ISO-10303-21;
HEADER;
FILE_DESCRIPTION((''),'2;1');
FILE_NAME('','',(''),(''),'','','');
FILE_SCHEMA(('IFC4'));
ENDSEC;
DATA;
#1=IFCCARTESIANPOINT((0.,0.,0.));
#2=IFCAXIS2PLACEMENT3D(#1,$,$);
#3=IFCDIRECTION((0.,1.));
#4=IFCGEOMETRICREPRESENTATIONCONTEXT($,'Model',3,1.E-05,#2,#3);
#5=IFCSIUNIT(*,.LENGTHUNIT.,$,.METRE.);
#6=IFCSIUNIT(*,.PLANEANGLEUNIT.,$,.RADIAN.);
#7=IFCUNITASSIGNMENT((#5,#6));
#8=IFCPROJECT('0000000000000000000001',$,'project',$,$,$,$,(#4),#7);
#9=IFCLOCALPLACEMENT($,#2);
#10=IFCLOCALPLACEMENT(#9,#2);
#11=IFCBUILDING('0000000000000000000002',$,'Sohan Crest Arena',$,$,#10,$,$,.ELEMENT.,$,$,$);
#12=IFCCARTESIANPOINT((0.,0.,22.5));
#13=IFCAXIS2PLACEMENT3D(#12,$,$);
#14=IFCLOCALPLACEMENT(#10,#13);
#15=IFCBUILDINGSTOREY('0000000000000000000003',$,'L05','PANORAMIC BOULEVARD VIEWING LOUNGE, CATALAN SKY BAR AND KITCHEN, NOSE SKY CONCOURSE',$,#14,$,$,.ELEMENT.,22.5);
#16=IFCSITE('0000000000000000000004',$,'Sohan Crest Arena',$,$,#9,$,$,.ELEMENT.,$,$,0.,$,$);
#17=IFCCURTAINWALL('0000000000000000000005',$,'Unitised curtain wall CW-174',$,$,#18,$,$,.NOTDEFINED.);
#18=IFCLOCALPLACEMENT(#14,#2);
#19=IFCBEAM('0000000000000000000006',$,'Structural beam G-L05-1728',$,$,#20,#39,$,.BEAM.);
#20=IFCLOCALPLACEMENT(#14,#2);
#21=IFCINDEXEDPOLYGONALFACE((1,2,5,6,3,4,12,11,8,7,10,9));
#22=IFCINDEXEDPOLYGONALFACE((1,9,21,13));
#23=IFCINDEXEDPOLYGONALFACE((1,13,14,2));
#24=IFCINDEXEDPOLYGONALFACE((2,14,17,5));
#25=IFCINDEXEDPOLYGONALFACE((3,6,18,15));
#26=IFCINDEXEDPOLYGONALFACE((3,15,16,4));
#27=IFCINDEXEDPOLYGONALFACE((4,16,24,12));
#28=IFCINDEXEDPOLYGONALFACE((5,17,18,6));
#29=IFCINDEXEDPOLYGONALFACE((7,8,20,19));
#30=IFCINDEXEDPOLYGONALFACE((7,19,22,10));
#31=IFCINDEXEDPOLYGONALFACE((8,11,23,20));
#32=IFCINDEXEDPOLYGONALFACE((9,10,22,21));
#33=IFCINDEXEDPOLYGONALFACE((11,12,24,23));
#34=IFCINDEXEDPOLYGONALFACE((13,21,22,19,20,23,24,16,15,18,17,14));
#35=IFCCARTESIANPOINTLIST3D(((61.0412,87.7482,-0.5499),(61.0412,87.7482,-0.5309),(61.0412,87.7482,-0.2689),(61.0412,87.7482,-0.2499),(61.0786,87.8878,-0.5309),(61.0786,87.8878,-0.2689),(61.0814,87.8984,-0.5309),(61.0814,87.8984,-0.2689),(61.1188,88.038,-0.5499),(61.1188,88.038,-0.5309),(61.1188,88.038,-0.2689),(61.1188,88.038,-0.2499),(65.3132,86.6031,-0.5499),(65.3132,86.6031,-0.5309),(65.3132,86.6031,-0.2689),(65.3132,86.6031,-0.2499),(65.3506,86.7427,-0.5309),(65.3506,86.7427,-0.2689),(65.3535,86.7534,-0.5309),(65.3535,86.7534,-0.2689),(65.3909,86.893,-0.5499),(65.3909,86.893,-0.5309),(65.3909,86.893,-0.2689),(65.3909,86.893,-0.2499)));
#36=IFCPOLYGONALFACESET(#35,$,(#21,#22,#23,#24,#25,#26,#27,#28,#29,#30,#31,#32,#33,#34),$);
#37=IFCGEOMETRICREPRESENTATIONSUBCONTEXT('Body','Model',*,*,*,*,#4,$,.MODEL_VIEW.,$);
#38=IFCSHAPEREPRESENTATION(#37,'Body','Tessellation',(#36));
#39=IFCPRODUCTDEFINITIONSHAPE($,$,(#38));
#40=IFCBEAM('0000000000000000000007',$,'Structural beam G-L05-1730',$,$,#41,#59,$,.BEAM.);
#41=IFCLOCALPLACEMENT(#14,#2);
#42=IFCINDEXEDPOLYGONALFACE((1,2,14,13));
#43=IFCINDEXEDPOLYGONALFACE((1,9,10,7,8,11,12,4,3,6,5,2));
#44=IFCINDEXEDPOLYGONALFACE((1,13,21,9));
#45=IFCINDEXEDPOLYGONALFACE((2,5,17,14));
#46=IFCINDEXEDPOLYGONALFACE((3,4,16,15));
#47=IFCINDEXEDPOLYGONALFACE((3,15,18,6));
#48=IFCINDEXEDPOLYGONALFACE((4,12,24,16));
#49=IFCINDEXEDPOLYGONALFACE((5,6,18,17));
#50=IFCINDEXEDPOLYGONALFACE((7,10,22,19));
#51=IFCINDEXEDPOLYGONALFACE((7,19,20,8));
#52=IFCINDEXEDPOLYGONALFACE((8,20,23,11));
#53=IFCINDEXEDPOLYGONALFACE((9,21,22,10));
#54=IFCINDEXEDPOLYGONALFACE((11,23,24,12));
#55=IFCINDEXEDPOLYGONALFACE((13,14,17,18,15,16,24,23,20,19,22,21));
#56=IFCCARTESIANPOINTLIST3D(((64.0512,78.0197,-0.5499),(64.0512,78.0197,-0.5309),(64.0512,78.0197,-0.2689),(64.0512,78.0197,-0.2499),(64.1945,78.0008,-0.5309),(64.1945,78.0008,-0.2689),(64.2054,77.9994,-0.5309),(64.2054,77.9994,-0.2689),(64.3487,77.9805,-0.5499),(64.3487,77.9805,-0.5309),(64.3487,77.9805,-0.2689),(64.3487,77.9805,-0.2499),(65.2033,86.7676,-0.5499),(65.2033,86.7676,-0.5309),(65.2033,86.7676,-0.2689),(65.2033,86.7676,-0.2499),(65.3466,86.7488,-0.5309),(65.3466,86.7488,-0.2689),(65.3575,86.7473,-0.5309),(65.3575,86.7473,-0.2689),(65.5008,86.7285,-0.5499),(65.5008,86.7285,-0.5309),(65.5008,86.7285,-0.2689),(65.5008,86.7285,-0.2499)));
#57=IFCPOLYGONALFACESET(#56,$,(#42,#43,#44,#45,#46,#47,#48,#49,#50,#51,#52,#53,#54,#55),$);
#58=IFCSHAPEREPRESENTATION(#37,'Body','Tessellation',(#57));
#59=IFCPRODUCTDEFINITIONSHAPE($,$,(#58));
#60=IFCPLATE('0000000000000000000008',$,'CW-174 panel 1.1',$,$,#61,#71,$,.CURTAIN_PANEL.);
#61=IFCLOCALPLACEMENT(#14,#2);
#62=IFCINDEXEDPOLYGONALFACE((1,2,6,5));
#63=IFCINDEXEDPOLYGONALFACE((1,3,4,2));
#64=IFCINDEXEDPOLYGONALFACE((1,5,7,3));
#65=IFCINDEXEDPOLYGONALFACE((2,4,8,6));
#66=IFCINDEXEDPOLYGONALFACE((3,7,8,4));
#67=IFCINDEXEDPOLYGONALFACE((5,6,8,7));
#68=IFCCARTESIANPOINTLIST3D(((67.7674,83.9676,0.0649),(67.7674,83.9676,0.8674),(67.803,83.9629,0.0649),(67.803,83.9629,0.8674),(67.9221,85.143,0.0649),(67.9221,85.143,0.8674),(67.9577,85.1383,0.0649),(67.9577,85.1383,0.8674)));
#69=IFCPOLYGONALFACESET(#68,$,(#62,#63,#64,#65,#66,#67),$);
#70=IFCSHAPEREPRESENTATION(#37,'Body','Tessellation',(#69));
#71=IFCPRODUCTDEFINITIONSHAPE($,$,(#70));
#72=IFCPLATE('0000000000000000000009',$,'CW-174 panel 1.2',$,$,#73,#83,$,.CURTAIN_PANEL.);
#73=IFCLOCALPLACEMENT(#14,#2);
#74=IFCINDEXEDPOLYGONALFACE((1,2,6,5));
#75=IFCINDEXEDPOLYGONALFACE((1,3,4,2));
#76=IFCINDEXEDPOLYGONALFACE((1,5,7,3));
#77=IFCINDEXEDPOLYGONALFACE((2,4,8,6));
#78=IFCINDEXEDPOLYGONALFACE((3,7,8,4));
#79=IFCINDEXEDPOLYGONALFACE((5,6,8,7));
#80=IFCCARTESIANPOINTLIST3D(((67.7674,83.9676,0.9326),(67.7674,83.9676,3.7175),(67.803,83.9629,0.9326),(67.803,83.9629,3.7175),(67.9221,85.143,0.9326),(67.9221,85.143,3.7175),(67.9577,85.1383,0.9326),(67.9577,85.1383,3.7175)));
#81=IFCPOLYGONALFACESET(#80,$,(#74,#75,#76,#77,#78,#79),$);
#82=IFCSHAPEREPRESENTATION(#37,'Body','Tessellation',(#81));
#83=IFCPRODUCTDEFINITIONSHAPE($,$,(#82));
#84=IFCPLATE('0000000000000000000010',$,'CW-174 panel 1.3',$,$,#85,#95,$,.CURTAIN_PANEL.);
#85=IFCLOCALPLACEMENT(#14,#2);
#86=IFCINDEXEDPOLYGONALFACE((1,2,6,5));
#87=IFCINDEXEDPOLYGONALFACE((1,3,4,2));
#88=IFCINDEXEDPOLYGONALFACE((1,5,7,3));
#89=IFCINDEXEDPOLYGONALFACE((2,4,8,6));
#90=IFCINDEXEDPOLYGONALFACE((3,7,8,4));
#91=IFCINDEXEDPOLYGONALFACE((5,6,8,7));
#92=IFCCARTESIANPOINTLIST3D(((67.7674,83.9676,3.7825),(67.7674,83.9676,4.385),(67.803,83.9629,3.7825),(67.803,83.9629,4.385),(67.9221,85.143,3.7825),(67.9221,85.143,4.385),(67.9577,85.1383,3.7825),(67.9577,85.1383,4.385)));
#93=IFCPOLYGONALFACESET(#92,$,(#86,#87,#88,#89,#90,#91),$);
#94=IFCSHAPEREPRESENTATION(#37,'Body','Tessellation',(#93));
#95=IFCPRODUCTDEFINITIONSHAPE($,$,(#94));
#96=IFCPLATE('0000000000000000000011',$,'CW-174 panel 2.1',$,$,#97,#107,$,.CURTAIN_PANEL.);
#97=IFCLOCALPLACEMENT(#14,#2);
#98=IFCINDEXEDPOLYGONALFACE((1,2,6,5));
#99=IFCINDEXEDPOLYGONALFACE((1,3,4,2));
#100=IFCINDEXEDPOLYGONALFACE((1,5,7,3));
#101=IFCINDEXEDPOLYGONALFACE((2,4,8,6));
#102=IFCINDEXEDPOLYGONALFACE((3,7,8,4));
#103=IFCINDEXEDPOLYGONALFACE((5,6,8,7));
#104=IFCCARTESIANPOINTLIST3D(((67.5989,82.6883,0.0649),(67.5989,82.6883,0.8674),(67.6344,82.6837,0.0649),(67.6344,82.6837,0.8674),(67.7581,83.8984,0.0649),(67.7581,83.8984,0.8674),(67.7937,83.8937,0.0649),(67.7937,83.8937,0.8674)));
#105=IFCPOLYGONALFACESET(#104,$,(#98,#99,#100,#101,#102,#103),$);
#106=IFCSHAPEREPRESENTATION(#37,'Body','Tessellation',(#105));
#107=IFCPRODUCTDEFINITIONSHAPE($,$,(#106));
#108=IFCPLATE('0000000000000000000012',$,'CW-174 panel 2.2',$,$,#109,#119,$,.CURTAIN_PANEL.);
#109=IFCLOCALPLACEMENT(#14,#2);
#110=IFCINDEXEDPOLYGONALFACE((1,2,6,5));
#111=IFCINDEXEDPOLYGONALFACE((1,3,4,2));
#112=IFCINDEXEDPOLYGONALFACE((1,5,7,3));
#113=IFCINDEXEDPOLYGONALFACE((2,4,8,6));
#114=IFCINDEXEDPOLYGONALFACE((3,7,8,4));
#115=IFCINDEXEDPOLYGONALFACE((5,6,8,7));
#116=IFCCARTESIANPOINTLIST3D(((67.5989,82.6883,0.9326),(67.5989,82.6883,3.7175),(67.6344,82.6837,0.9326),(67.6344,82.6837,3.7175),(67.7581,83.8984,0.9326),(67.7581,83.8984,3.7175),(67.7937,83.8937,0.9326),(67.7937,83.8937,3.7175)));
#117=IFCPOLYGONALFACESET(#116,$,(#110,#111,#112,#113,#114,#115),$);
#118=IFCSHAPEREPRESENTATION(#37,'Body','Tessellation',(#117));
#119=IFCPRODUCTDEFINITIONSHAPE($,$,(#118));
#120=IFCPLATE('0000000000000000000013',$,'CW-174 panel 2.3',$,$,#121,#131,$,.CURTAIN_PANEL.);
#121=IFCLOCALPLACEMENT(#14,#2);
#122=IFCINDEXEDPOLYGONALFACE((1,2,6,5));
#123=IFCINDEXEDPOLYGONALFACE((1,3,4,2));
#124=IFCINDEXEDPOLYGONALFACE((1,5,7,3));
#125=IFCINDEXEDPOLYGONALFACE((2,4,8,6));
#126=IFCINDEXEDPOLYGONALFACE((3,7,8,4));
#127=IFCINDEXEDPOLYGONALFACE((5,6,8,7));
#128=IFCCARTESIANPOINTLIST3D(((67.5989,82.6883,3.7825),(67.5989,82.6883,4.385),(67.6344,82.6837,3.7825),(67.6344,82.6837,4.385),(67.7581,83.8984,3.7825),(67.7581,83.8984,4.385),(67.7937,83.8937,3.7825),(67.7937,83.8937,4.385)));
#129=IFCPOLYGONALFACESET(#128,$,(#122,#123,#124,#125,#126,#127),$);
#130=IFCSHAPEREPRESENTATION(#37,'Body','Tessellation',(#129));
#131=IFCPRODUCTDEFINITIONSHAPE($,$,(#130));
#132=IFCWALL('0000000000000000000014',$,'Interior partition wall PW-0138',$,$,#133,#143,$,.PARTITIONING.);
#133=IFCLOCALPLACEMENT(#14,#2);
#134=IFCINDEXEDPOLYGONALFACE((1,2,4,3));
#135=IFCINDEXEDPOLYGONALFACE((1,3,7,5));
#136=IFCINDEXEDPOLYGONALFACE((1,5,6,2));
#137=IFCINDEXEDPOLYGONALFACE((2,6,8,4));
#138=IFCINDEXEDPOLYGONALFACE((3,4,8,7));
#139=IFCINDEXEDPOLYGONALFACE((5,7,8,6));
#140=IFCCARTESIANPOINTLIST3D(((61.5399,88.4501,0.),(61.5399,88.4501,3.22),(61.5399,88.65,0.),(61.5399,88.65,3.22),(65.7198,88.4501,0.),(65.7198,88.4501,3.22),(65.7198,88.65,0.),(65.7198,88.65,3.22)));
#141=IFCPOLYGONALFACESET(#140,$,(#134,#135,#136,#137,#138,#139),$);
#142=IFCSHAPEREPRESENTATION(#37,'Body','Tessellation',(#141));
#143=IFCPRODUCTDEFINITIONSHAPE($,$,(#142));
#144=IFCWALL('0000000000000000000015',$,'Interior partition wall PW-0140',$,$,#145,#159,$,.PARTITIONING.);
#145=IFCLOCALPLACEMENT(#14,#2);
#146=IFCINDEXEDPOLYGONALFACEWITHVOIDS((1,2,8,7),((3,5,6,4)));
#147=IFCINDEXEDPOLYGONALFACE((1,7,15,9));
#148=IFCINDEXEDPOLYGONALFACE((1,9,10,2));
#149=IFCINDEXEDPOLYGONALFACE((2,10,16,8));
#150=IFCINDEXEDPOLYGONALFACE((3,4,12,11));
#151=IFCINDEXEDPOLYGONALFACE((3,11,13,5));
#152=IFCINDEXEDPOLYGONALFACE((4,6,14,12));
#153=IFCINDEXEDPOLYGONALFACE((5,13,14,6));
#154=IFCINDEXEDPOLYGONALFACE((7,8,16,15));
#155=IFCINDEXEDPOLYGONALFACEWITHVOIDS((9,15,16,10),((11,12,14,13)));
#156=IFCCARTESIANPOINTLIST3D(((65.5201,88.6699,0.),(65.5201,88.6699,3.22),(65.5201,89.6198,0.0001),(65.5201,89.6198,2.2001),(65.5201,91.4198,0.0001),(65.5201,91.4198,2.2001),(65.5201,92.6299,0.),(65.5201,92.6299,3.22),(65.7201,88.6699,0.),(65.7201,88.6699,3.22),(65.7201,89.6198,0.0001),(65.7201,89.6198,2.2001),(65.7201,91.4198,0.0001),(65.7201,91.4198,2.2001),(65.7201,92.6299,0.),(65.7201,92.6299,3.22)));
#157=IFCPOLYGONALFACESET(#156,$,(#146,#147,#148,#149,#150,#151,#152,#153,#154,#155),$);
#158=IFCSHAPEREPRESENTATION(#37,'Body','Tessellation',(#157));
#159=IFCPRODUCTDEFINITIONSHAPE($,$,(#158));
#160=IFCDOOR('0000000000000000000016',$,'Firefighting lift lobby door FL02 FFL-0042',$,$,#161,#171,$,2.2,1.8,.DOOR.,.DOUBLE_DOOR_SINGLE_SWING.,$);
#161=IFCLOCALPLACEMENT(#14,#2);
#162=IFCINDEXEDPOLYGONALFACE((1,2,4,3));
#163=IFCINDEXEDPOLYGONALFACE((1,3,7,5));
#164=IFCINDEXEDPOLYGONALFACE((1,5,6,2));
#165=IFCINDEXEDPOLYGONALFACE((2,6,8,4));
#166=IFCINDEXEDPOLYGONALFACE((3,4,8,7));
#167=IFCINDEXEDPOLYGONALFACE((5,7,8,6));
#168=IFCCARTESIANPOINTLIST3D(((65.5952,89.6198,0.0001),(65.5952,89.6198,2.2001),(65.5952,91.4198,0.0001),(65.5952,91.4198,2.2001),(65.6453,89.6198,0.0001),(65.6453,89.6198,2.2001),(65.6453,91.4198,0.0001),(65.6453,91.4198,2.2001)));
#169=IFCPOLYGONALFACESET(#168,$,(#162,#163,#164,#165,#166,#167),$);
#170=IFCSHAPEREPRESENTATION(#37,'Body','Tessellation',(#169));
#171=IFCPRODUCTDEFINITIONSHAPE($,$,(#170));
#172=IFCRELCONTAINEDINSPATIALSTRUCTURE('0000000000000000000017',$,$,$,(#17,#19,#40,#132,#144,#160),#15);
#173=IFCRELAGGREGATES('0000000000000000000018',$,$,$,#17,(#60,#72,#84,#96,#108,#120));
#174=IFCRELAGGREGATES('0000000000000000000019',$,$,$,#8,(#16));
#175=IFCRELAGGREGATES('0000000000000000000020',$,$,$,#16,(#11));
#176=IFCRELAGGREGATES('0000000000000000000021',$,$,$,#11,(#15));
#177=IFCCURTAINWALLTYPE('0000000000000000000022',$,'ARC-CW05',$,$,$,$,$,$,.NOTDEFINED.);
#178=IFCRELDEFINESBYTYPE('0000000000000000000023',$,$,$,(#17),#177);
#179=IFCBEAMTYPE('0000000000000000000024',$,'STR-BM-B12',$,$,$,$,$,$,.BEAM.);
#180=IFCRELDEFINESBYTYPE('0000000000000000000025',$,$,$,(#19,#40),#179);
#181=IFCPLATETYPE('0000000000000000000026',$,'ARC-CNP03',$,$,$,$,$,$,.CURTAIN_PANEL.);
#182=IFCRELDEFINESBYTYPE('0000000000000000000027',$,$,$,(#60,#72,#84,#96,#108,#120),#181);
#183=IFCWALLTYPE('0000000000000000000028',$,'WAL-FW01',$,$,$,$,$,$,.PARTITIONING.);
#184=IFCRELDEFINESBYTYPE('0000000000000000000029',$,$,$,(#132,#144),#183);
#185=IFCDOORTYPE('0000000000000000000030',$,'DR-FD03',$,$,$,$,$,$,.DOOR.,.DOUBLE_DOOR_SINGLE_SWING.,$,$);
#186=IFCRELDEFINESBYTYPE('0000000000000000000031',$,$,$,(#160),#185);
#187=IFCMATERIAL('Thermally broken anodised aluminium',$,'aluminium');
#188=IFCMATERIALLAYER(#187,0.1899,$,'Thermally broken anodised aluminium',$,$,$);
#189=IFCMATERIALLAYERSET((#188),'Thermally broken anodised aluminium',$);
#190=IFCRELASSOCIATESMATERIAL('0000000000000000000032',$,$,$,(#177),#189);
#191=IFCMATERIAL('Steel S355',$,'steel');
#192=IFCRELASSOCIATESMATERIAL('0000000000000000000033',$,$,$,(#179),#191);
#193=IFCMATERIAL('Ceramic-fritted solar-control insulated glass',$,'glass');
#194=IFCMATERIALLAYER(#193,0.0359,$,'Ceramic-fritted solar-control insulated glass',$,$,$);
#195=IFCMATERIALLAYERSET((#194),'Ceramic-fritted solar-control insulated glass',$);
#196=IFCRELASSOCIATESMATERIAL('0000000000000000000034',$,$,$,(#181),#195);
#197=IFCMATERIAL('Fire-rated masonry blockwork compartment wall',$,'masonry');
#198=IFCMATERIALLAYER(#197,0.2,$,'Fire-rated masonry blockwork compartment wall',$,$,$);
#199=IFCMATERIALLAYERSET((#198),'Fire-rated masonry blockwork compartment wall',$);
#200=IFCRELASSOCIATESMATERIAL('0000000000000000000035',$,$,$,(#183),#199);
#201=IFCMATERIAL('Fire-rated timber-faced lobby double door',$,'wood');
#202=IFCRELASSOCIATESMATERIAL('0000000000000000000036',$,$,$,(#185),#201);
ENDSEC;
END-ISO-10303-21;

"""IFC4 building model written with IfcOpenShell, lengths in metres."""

from ifc_helpers import new_model, si_unit, direction, frame, frame_2d, origin, origin_2d, place, context, subcontext, project, spatial, rectangle, i_section, extrude, material, layer, layer_set, material_profile, profile_set, type_object, element, fill, aggregate, save


model = new_model("IFC4")

# Units and contexts
model_context = context("Model", 3, precision=1e-05, world=origin(), true_north=direction((0.0, 1.0)))
body_context = subcontext(model_context, "Body", "Model", "MODEL_VIEW")
ifc_project = project(units=[si_unit("LENGTHUNIT", "METRE"), si_unit("PLANEANGLEUNIT", "RADIAN")], contexts=[model_context])

# Site, building, storey
site_placement = place(None, origin())
site = spatial("IfcSite", under=ifc_project, at=site_placement, Name="Sohan Crest Arena", CompositionType="ELEMENT", RefElevation=0.0)
building_placement = place(site_placement, origin())
building = spatial("IfcBuilding", under=site, at=building_placement, Name="Sohan Crest Arena", CompositionType="ELEMENT")
storey_placement = place(building_placement, frame((0.0, 0.0, 22.5)))
storey = spatial("IfcBuildingStorey", under=building, at=storey_placement, Name="L05", Description="PANORAMIC BOULEVARD VIEWING LOUNGE, CATALAN SKY BAR AND KITCHEN, NOSE SKY CONCOURSE", CompositionType="ELEMENT", Elevation=22.5)

# Shared definitions
ifc_material_1 = material(Name="Steel S355", Category="steel")

# Curtain wall
ifc_material_2 = material(Name="Thermally broken anodised aluminium", Category="aluminium")
ifc_layer_1 = layer(ifc_material_2, 0.1899, Name="Thermally broken anodised aluminium")
ifc_layer_set_1 = layer_set([ifc_layer_1], Name="Thermally broken anodised aluminium")
curtain_wall_type = type_object("IfcCurtainWallType", Name="ARC-CW05", PredefinedType="NOTDEFINED", material=ifc_layer_set_1)
curtain_wall_placement = place(storey_placement, origin())
curtain_wall = element("IfcCurtainWall", 1, at=curtain_wall_placement, inside=storey, type_object=curtain_wall_type, Name="Unitised curtain wall CW-174", PredefinedType="NOTDEFINED")

# Beams
ifc_material_profile_1 = material_profile(ifc_material_1, i_section(OverallWidth=0.3, OverallDepth=0.3, WebThickness=0.011, FlangeThickness=0.019, at=origin_2d()), Name="HEB 300")
ifc_profile_set_1 = profile_set([ifc_material_profile_1], Name="Steel S355")
beam_type = type_object("IfcBeamType", Name="STR-BM-B12", PredefinedType="BEAM", material=ifc_profile_set_1)
beam_1_placement = place(storey_placement, frame((65.3521, 86.748, -0.3999), z_axis=(-0.965906, 0.258892, 0.0), x_axis=(-0.258892, -0.965906, 0.0)))
element("IfcBeam", 2, at=beam_1_placement, inside=storey, type_object=beam_type, Name="Structural beam G-L05-1728", PredefinedType="BEAM", context=body_context, shape_type="SweptSolid", body=[
    extrude(i_section(OverallWidth=0.3, OverallDepth=0.3, WebThickness=0.011, FlangeThickness=0.019, at=origin_2d()), origin(), (0.0, 0.0, 1.0), 4.4229),
])
beam_2_placement = place(storey_placement, frame((65.3521, 86.748, -0.3999), z_axis=(-0.13057, -0.991439, 0.0), x_axis=(0.991439, -0.13057, 0.0)))
element("IfcBeam", 3, at=beam_2_placement, inside=storey, type_object=beam_type, Name="Structural beam G-L05-1730", PredefinedType="BEAM", context=body_context, shape_type="SweptSolid", body=[
    extrude(i_section(OverallWidth=0.3, OverallDepth=0.3, WebThickness=0.011, FlangeThickness=0.019, at=origin_2d()), origin(), (0.0, 0.0, 1.0), 8.8235),
])

# Plates
ifc_material_3 = material(Name="Ceramic-fritted solar-control insulated glass", Category="glass")
ifc_layer_2 = layer(ifc_material_3, 0.0359, Name="Ceramic-fritted solar-control insulated glass")
ifc_layer_set_2 = layer_set([ifc_layer_2], Name="Ceramic-fritted solar-control insulated glass")
plate_type = type_object("IfcPlateType", Name="ARC-CNP03", PredefinedType="CURTAIN_PANEL", material=ifc_layer_set_2)
plate_1_placement = place(storey_placement, frame((67.8625, 84.553, 0.0649), z_axis=(0.0, 0.0, 1.0), x_axis=(-0.130499, -0.991448, 0.0)))
plate_1 = element("IfcPlate", 4, at=plate_1_placement, type_object=plate_type, Name="CW-174 panel 1.1", PredefinedType="CURTAIN_PANEL", context=body_context, shape_type="SweptSolid", body=[
    extrude(rectangle(XDim=1.1855, YDim=0.0359, at=origin_2d()), origin(), (0.0, 0.0, 1.0), 0.8025),
])
plate_2_placement = place(storey_placement, frame((67.8625, 84.553, 0.9326), z_axis=(0.0, 0.0, 1.0), x_axis=(-0.130499, -0.991448, 0.0)))
plate_2 = element("IfcPlate", 5, at=plate_2_placement, type_object=plate_type, Name="CW-174 panel 1.2", PredefinedType="CURTAIN_PANEL", context=body_context, shape_type="SweptSolid", body=[
    extrude(rectangle(XDim=1.1855, YDim=0.0359, at=origin_2d()), origin(), (0.0, 0.0, 1.0), 2.7849),
])
plate_3_placement = place(storey_placement, frame((67.8625, 84.553, 3.7825), z_axis=(0.0, 0.0, 1.0), x_axis=(-0.130499, -0.991448, 0.0)))
plate_3 = element("IfcPlate", 6, at=plate_3_placement, type_object=plate_type, Name="CW-174 panel 1.3", PredefinedType="CURTAIN_PANEL", context=body_context, shape_type="SweptSolid", body=[
    extrude(rectangle(XDim=1.1855, YDim=0.0359, at=origin_2d()), origin(), (0.0, 0.0, 1.0), 0.6025),
])
plate_4_placement = place(storey_placement, frame((67.6963, 83.291, 0.0649), z_axis=(0.0, 0.0, 1.0), x_axis=(-0.130499, -0.991448, 0.0)))
plate_4 = element("IfcPlate", 7, at=plate_4_placement, type_object=plate_type, Name="CW-174 panel 2.1", PredefinedType="CURTAIN_PANEL", context=body_context, shape_type="SweptSolid", body=[
    extrude(rectangle(XDim=1.2205, YDim=0.0359, at=origin_2d()), origin(), (0.0, 0.0, 1.0), 0.8025),
])
plate_5_placement = place(storey_placement, frame((67.6963, 83.291, 0.9326), z_axis=(0.0, 0.0, 1.0), x_axis=(-0.130499, -0.991448, 0.0)))
plate_5 = element("IfcPlate", 8, at=plate_5_placement, type_object=plate_type, Name="CW-174 panel 2.2", PredefinedType="CURTAIN_PANEL", context=body_context, shape_type="SweptSolid", body=[
    extrude(rectangle(XDim=1.2205, YDim=0.0359, at=origin_2d()), origin(), (0.0, 0.0, 1.0), 2.7849),
])
plate_6_placement = place(storey_placement, frame((67.6963, 83.291, 3.7825), z_axis=(0.0, 0.0, 1.0), x_axis=(-0.130499, -0.991448, 0.0)))
plate_6 = element("IfcPlate", 9, at=plate_6_placement, type_object=plate_type, Name="CW-174 panel 2.3", PredefinedType="CURTAIN_PANEL", context=body_context, shape_type="SweptSolid", body=[
    extrude(rectangle(XDim=1.2205, YDim=0.0359, at=origin_2d()), origin(), (0.0, 0.0, 1.0), 0.6025),
])
aggregate(curtain_wall, [plate_1, plate_2, plate_3, plate_4, plate_5, plate_6])

# Wall
ifc_material_4 = material(Name="Fire-rated masonry blockwork compartment wall", Category="masonry")
ifc_layer_3 = layer(ifc_material_4, 0.2, Name="Fire-rated masonry blockwork compartment wall")
ifc_layer_set_3 = layer_set([ifc_layer_3], Name="Fire-rated masonry blockwork compartment wall")
wall_type = type_object("IfcWallType", Name="WAL-FW01", PredefinedType="PARTITIONING", material=ifc_layer_set_3)
wall_1_placement = place(storey_placement, frame((61.54, 88.55, 0.0), z_axis=(0.0, 0.0, 1.0), x_axis=(1.0, 0.0, 0.0)))
element("IfcWall", 10, at=wall_1_placement, inside=storey, type_object=wall_type, Name="Interior partition wall PW-0138", PredefinedType="PARTITIONING", context=body_context, shape_type="SweptSolid", body=[
    extrude(rectangle(XDim=4.1799, YDim=0.2, at=frame_2d((2.0898, 0.0))), origin(), (0.0, 0.0, 1.0), 3.22),
])

# Wall, opening, door
wall_2_placement = place(storey_placement, frame((65.6201, 88.6699, 0.0), z_axis=(0.0, 0.0, 1.0), x_axis=(0.0, 1.0, 0.0)))
wall_2 = element("IfcWall", 11, at=wall_2_placement, inside=storey, type_object=wall_type, Name="Interior partition wall PW-0140", PredefinedType="PARTITIONING", context=body_context, shape_type="SweptSolid", body=[
    extrude(rectangle(XDim=3.96, YDim=0.2, at=frame_2d((1.98, 0.0))), origin(), (0.0, 0.0, 1.0), 3.22),
])
opening_placement = place(wall_2_placement, frame((0.95, 0.0, 0.0)))
opening = element("IfcOpeningElement", 12, at=opening_placement, cuts=wall_2, PredefinedType="OPENING", context=body_context, shape_type="SweptSolid", body=[
    extrude(rectangle(XDim=1.8, YDim=2.2, at=frame_2d((0.8999, 1.1001))), frame((0.0, 0.1099, 0.0), z_axis=(0.0, -1.0, 0.0), x_axis=(1.0, 0.0, 0.0)), (0.0, 0.0, 1.0), 0.22),
])
ifc_material_5 = material(Name="Fire-rated timber-faced lobby double door", Category="wood")
door_type = type_object("IfcDoorType", Name="DR-FD03", OperationType="DOUBLE_DOOR_SINGLE_SWING", PredefinedType="DOOR", material=ifc_material_5)
door_placement = place(opening_placement, origin())
door = element("IfcDoor", 13, at=door_placement, inside=storey, type_object=door_type, Name="Firefighting lift lobby door FL02 FFL-0042", OperationType="DOUBLE_DOOR_SINGLE_SWING", OverallHeight=2.2, OverallWidth=1.8, PredefinedType="DOOR", context=body_context, shape_type="SweptSolid", body=[
    extrude(rectangle(XDim=1.8, YDim=2.2, at=frame_2d((0.8999, 1.1001))), frame((0.0, 0.0249, 0.0), z_axis=(0.0, -1.0, 0.0), x_axis=(1.0, 0.0, 0.0)), (0.0, 0.0, 1.0), 0.05),
])
fill(opening, door)

save(model, "model.ifc")
